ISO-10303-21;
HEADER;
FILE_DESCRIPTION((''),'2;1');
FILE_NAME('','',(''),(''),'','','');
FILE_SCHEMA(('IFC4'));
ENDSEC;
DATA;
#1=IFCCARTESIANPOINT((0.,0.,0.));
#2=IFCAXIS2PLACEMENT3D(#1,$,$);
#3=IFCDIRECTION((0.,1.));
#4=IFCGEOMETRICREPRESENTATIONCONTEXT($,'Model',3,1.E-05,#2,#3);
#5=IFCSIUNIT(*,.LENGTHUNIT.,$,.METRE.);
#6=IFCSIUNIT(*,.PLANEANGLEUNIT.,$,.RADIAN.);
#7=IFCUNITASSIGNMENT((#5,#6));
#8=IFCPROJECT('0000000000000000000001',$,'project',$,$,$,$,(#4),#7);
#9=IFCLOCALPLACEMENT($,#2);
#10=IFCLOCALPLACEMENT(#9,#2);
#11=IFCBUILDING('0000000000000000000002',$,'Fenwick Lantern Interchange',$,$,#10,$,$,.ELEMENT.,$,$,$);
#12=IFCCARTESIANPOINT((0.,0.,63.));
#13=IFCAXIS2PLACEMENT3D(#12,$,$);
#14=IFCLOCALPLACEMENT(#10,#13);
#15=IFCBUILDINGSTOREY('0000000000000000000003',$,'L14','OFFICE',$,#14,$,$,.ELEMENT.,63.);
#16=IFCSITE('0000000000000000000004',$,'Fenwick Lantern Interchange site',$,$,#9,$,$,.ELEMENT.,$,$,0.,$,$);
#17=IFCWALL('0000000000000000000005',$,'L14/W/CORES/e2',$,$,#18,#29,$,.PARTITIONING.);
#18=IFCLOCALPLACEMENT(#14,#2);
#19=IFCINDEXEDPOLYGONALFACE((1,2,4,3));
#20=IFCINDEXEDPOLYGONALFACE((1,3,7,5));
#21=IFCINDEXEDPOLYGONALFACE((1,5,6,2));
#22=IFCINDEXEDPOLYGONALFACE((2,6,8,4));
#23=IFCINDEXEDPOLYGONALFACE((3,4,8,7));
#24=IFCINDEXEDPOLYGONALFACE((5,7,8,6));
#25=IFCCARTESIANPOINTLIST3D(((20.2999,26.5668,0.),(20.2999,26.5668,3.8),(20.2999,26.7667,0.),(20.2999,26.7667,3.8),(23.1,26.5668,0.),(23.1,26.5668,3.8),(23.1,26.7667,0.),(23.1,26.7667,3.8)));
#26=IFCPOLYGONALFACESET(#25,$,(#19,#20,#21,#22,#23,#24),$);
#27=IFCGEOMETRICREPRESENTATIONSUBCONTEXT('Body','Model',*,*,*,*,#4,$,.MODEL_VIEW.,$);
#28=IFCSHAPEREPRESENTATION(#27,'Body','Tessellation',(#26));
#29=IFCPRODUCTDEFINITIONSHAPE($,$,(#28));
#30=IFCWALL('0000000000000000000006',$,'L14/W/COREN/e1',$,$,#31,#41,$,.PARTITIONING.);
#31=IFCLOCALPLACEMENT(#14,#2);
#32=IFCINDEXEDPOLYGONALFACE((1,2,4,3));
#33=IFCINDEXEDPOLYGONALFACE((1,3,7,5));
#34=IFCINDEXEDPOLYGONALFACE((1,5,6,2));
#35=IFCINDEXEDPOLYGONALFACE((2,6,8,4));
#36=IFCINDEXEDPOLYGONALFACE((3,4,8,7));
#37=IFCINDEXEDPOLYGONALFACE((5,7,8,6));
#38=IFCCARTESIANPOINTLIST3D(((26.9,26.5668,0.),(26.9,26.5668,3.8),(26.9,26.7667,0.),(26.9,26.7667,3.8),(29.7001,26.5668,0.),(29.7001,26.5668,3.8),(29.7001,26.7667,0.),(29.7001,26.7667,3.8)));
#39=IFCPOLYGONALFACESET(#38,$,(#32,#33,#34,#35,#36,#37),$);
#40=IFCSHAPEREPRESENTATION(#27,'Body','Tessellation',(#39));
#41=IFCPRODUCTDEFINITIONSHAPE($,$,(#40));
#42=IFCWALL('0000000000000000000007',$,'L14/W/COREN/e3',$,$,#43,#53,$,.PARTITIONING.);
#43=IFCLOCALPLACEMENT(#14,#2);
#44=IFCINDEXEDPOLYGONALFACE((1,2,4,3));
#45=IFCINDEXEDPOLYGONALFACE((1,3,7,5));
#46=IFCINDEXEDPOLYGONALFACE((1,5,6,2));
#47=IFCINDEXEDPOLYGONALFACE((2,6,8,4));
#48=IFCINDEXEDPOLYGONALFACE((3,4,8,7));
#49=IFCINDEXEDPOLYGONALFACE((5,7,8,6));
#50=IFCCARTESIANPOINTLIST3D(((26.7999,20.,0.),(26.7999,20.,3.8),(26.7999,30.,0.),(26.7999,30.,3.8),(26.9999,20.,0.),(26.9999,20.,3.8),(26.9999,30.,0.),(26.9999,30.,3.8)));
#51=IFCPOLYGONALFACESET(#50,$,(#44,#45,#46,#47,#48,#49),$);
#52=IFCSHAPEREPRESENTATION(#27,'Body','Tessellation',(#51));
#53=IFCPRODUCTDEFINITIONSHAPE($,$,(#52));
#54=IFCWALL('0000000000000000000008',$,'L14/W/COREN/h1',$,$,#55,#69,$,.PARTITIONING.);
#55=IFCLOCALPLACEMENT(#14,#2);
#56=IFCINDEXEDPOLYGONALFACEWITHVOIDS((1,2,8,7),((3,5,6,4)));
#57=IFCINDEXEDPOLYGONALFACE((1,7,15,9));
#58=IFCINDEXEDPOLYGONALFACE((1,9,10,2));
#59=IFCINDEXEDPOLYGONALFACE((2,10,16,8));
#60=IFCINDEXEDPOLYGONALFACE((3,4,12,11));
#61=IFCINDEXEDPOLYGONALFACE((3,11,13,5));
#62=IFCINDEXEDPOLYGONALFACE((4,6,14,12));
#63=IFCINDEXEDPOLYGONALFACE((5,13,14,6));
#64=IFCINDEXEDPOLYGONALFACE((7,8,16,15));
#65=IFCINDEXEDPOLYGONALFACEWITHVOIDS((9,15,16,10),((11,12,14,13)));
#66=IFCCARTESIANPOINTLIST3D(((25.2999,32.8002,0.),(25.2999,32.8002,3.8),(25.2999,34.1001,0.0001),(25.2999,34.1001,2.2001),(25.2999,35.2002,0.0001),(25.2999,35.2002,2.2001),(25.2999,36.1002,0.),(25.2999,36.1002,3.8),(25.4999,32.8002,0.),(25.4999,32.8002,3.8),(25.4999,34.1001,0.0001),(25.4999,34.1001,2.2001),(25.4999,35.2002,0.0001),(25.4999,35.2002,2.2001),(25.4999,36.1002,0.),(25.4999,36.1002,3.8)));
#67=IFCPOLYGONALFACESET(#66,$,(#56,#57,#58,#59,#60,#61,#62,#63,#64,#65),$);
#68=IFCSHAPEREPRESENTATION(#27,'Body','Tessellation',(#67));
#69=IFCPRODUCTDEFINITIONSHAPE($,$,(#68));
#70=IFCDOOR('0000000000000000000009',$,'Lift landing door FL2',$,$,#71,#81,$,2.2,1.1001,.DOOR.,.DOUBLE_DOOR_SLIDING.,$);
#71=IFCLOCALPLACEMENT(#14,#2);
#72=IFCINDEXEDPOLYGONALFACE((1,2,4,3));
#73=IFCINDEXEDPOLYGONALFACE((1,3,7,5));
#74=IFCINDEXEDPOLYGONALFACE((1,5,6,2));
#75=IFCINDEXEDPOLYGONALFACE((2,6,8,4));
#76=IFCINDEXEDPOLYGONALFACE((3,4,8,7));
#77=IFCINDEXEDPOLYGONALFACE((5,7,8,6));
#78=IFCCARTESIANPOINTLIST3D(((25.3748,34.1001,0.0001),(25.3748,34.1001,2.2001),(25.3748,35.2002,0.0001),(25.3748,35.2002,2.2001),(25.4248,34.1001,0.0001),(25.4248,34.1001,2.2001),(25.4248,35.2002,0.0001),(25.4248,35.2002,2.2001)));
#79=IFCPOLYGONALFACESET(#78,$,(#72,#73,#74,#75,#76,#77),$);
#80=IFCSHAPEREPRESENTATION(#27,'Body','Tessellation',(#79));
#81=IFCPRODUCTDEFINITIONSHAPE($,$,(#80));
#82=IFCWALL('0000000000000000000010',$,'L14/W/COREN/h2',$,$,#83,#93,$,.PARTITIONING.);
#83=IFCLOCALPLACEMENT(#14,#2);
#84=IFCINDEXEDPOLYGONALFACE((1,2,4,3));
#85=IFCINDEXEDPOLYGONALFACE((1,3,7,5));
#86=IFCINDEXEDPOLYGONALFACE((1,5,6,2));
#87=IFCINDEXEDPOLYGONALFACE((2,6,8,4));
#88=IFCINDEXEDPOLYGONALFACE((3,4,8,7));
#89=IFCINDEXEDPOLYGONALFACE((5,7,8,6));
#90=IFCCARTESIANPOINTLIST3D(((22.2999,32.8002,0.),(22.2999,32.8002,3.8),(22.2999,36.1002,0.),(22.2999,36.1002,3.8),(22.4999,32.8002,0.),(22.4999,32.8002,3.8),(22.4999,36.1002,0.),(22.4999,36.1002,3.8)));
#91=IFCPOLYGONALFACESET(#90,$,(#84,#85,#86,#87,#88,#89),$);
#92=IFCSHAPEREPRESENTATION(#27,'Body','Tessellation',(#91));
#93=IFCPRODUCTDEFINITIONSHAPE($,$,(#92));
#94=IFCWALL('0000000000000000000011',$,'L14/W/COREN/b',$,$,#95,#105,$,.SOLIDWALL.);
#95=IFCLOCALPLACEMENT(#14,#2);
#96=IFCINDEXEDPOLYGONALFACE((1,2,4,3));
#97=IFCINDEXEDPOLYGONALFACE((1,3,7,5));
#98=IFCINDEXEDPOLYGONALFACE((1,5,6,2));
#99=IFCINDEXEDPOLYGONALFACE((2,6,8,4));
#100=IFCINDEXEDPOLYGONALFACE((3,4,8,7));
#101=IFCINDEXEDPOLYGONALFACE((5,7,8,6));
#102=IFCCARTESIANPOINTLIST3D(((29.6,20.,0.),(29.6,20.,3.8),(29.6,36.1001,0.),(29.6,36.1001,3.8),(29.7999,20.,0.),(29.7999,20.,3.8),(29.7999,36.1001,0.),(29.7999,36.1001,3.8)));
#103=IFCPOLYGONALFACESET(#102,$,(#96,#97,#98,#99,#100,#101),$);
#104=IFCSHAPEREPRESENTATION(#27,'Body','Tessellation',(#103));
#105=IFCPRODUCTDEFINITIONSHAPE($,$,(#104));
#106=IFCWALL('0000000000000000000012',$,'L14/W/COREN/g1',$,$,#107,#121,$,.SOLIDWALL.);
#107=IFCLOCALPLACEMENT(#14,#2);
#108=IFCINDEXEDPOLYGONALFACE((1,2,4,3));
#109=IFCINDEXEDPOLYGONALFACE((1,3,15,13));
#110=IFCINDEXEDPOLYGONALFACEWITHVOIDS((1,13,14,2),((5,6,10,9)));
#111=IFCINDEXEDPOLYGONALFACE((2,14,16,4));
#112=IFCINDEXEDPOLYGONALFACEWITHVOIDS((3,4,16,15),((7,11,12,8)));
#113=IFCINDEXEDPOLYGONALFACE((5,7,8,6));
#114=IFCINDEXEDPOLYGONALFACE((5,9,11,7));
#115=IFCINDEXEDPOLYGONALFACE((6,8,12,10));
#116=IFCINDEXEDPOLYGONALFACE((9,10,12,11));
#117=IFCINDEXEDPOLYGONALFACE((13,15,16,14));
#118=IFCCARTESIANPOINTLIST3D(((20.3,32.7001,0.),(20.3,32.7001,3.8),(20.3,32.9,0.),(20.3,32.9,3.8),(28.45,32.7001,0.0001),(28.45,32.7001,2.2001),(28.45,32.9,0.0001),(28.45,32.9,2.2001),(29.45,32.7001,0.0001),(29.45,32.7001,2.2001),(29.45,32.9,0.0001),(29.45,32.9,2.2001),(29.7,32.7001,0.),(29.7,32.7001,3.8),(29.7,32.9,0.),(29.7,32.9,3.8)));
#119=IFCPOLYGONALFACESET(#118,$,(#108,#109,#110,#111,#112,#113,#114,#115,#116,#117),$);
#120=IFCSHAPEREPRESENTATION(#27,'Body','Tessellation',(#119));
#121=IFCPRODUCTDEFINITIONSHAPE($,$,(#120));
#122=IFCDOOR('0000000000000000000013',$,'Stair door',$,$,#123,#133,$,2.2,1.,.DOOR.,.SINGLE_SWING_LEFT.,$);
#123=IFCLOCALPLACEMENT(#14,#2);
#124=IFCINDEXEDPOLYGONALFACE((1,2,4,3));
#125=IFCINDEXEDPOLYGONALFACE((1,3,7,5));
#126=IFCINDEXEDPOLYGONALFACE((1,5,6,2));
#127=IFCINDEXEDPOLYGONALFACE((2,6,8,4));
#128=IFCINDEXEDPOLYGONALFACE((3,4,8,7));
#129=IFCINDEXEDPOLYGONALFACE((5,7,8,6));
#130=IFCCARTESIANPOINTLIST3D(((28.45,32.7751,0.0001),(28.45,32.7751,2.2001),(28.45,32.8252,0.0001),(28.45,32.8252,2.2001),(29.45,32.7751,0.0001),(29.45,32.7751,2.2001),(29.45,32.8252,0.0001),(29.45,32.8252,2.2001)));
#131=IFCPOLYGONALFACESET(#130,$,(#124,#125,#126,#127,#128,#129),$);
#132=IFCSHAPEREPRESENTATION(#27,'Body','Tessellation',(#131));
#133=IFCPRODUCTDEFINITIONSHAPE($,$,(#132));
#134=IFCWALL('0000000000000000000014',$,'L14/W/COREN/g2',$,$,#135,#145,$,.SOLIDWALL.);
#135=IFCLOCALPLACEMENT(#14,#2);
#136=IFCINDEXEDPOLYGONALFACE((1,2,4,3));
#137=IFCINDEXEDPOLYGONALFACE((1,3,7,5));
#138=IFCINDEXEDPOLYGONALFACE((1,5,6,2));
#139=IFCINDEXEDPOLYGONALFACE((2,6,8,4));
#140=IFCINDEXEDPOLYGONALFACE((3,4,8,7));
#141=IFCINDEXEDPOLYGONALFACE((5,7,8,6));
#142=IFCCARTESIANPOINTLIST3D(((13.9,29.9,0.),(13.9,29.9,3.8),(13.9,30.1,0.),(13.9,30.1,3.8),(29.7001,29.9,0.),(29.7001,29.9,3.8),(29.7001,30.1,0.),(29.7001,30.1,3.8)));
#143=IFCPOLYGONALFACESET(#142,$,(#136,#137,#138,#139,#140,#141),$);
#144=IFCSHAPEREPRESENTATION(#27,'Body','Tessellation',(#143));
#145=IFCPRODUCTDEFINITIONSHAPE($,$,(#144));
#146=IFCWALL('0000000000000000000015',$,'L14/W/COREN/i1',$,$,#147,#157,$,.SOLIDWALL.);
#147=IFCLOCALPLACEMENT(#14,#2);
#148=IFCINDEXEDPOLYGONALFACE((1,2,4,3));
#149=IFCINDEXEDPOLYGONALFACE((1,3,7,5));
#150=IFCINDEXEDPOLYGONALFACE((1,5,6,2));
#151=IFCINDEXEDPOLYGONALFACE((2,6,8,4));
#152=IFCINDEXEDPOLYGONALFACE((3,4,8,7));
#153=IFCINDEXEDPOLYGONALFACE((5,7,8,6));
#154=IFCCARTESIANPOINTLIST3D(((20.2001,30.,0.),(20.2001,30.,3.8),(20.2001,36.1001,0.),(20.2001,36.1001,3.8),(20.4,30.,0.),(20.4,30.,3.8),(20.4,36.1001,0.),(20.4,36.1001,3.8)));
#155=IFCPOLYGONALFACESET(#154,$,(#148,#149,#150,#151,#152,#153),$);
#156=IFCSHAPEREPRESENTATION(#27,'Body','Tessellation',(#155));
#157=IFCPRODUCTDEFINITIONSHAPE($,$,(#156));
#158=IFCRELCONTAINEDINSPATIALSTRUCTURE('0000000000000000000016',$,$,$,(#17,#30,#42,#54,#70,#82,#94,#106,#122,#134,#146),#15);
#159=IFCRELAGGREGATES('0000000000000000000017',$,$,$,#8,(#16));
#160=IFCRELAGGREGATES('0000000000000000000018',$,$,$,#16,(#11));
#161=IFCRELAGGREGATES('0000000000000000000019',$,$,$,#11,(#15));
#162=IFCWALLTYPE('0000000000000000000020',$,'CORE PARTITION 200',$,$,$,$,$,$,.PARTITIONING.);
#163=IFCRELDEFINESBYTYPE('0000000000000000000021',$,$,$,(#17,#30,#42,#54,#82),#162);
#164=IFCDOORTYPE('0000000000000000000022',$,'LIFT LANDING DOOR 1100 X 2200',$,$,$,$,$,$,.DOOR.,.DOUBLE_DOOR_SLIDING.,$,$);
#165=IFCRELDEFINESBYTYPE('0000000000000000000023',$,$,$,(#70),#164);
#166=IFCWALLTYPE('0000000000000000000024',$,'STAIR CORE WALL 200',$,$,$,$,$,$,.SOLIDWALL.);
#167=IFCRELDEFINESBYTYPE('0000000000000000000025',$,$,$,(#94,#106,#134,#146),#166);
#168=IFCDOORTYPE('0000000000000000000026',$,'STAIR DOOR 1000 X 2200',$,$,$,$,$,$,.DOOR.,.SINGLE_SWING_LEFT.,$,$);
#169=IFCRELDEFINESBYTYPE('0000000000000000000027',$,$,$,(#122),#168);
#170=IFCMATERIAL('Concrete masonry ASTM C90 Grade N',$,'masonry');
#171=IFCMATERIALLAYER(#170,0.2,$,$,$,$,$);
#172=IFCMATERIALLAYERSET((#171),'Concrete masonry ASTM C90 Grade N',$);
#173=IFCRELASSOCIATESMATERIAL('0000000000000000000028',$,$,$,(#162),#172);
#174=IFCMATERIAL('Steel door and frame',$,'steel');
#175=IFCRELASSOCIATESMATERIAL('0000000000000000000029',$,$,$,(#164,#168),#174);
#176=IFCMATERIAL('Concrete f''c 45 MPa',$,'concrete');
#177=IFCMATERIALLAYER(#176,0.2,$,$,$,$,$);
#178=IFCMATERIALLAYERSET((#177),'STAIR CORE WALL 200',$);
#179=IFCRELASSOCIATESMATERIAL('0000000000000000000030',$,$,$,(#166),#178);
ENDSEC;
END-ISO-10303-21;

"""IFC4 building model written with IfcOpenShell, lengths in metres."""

from ifc_helpers import new_model, si_unit, direction, frame, frame_2d, origin, place, context, subcontext, project, spatial, rectangle, extrude, material, layer, layer_set, type_object, element, fill, save


model = new_model("IFC4")

# Units and contexts
model_context = context("Model", 3, precision=1e-05, world=origin(), true_north=direction((0.0, 1.0)))
body_context = subcontext(model_context, "Body", "Model", "MODEL_VIEW")
ifc_project = project(units=[si_unit("LENGTHUNIT", "METRE"), si_unit("PLANEANGLEUNIT", "RADIAN")], contexts=[model_context])

# Site, building, storey
site_placement = place(None, origin())
site = spatial("IfcSite", under=ifc_project, at=site_placement, Name="Fenwick Lantern Interchange site", CompositionType="ELEMENT", RefElevation=0.0)
building_placement = place(site_placement, origin())
building = spatial("IfcBuilding", under=site, at=building_placement, Name="Fenwick Lantern Interchange", CompositionType="ELEMENT")
storey_placement = place(building_placement, frame((0.0, 0.0, 63.0)))
storey = spatial("IfcBuildingStorey", under=building, at=storey_placement, Name="L14", Description="OFFICE", CompositionType="ELEMENT", Elevation=63.0)

# Walls
ifc_material_1 = material(Name="Concrete masonry ASTM C90 Grade N", Category="masonry")
ifc_layer_1 = layer(ifc_material_1, 0.2)
ifc_layer_set_1 = layer_set([ifc_layer_1], Name="Concrete masonry ASTM C90 Grade N")
wall_type_1 = type_object("IfcWallType", Name="CORE PARTITION 200", PredefinedType="PARTITIONING", material=ifc_layer_set_1)
for number, where, z_axis, x_axis, name in (
    (1, (20.3, 26.6667, 0.0), (0.0, 0.0, 1.0), (1.0, 0.0, 0.0), "L14/W/CORES/e2"),
    (2, (29.7, 26.6667, 0.0), (0.0, 0.0, 1.0), (-1.0, 0.0, 0.0), "L14/W/COREN/e1"),
):
    element("IfcWall", number, at=place(storey_placement, frame(where, z_axis=z_axis, x_axis=x_axis)), inside=storey, type_object=wall_type_1, Name=name, PredefinedType="PARTITIONING", context=body_context, shape_type="SweptSolid", body=[
        extrude(rectangle(XDim=2.8, YDim=0.2, at=frame_2d((1.3999, 0.0))), origin(), (0.0, 0.0, 1.0), 3.8),
    ])
wall_1_placement = place(storey_placement, frame((26.8999, 30.0, 0.0), z_axis=(0.0, 0.0, 1.0), x_axis=(0.0, -1.0, 0.0)))
element("IfcWall", 3, at=wall_1_placement, inside=storey, type_object=wall_type_1, Name="L14/W/COREN/e3", PredefinedType="PARTITIONING", context=body_context, shape_type="SweptSolid", body=[
    extrude(rectangle(XDim=10.0, YDim=0.2, at=frame_2d((5.0, 0.0))), origin(), (0.0, 0.0, 1.0), 3.8),
])

# Wall, opening, door
wall_2_placement = place(storey_placement, frame((25.3999, 36.1001, 0.0), z_axis=(0.0, 0.0, 1.0), x_axis=(0.0, -1.0, 0.0)))
wall_2 = element("IfcWall", 4, at=wall_2_placement, inside=storey, type_object=wall_type_1, Name="L14/W/COREN/h1", PredefinedType="PARTITIONING", context=body_context, shape_type="SweptSolid", body=[
    extrude(rectangle(XDim=3.3, YDim=0.2, at=frame_2d((1.6499, 0.0))), origin(), (0.0, 0.0, 1.0), 3.8),
])
opening_1_placement = place(wall_2_placement, frame((0.8999, 0.0, 0.0)))
opening_1 = element("IfcOpeningElement", 5, at=opening_1_placement, cuts=wall_2, PredefinedType="OPENING", context=body_context, shape_type="SweptSolid", body=[
    extrude(rectangle(XDim=1.1001, YDim=2.2, at=frame_2d((0.55, 1.1001))), frame((0.0, 0.1099, 0.0), z_axis=(0.0, -1.0, 0.0), x_axis=(1.0, 0.0, 0.0)), (0.0, 0.0, 1.0), 0.22),
])
ifc_material_2 = material(Name="Steel door and frame", Category="steel")
door_type_1 = type_object("IfcDoorType", Name="LIFT LANDING DOOR 1100 X 2200", OperationType="DOUBLE_DOOR_SLIDING", PredefinedType="DOOR", material=ifc_material_2)
door_1_placement = place(opening_1_placement, origin())
door_1 = element("IfcDoor", 6, at=door_1_placement, inside=storey, type_object=door_type_1, Name="Lift landing door FL2", OperationType="DOUBLE_DOOR_SLIDING", OverallHeight=2.2, OverallWidth=1.1001, PredefinedType="DOOR", context=body_context, shape_type="SweptSolid", body=[
    extrude(rectangle(XDim=1.1001, YDim=2.2, at=frame_2d((0.55, 1.1001))), frame((0.0, 0.0249, 0.0), z_axis=(0.0, -1.0, 0.0), x_axis=(1.0, 0.0, 0.0)), (0.0, 0.0, 1.0), 0.05),
])
fill(opening_1, door_1)

# Walls
wall_3_placement = place(storey_placement, frame((22.3999, 36.1001, 0.0), z_axis=(0.0, 0.0, 1.0), x_axis=(0.0, -1.0, 0.0)))
element("IfcWall", 7, at=wall_3_placement, inside=storey, type_object=wall_type_1, Name="L14/W/COREN/h2", PredefinedType="PARTITIONING", context=body_context, shape_type="SweptSolid", body=[
    extrude(rectangle(XDim=3.3, YDim=0.2, at=frame_2d((1.6499, 0.0))), origin(), (0.0, 0.0, 1.0), 3.8),
])
ifc_material_3 = material(Name="Concrete f'c 45 MPa", Category="concrete")
ifc_layer_2 = layer(ifc_material_3, 0.2)
ifc_layer_set_2 = layer_set([ifc_layer_2], Name="STAIR CORE WALL 200")
wall_type_2 = type_object("IfcWallType", Name="STAIR CORE WALL 200", PredefinedType="SOLIDWALL", material=ifc_layer_set_2)
wall_4_placement = place(storey_placement, frame((29.7, 36.1001, 0.0), z_axis=(0.0, 0.0, 1.0), x_axis=(0.0, -1.0, 0.0)))
element("IfcWall", 8, at=wall_4_placement, inside=storey, type_object=wall_type_2, Name="L14/W/COREN/b", PredefinedType="SOLIDWALL", context=body_context, shape_type="SweptSolid", body=[
    extrude(rectangle(XDim=16.1001, YDim=0.2, at=frame_2d((8.05, 0.0))), origin(), (0.0, 0.0, 1.0), 3.8),
])

# Wall, opening, door
wall_5_placement = place(storey_placement, frame((29.7, 32.8, 0.0), z_axis=(0.0, 0.0, 1.0), x_axis=(-1.0, 0.0, 0.0)))
wall_5 = element("IfcWall", 9, at=wall_5_placement, inside=storey, type_object=wall_type_2, Name="L14/W/COREN/g1", PredefinedType="SOLIDWALL", context=body_context, shape_type="SweptSolid", body=[
    extrude(rectangle(XDim=9.3999, YDim=0.2, at=frame_2d((4.7, 0.0))), origin(), (0.0, 0.0, 1.0), 3.8),
])
opening_2_placement = place(wall_5_placement, frame((0.25, 0.0, 0.0)))
opening_2 = element("IfcOpeningElement", 10, at=opening_2_placement, cuts=wall_5, PredefinedType="OPENING", context=body_context, shape_type="SweptSolid", body=[
    extrude(rectangle(XDim=1.0, YDim=2.2, at=frame_2d((0.5, 1.1001))), frame((0.0, 0.1099, 0.0), z_axis=(0.0, -1.0, 0.0), x_axis=(1.0, 0.0, 0.0)), (0.0, 0.0, 1.0), 0.22),
])
door_type_2 = type_object("IfcDoorType", Name="STAIR DOOR 1000 X 2200", OperationType="SINGLE_SWING_LEFT", PredefinedType="DOOR", material=ifc_material_2)
door_2_placement = place(opening_2_placement, origin())
door_2 = element("IfcDoor", 11, at=door_2_placement, inside=storey, type_object=door_type_2, Name="Stair door", OperationType="SINGLE_SWING_LEFT", OverallHeight=2.2, OverallWidth=1.0, PredefinedType="DOOR", context=body_context, shape_type="SweptSolid", body=[
    extrude(rectangle(XDim=1.0, YDim=2.2, at=frame_2d((0.5, 1.1001))), frame((0.0, 0.0249, 0.0), z_axis=(0.0, -1.0, 0.0), x_axis=(1.0, 0.0, 0.0)), (0.0, 0.0, 1.0), 0.05),
])
fill(opening_2, door_2)

# Walls
wall_6_placement = place(storey_placement, frame((29.7, 30.0, 0.0), z_axis=(0.0, 0.0, 1.0), x_axis=(-1.0, 0.0, 0.0)))
element("IfcWall", 12, at=wall_6_placement, inside=storey, type_object=wall_type_2, Name="L14/W/COREN/g2", PredefinedType="SOLIDWALL", context=body_context, shape_type="SweptSolid", body=[
    extrude(rectangle(XDim=15.8, YDim=0.2, at=frame_2d((7.8999, 0.0))), origin(), (0.0, 0.0, 1.0), 3.8),
])
wall_7_placement = place(storey_placement, frame((20.3, 36.1001, 0.0), z_axis=(0.0, 0.0, 1.0), x_axis=(0.0, -1.0, 0.0)))
element("IfcWall", 13, at=wall_7_placement, inside=storey, type_object=wall_type_2, Name="L14/W/COREN/i1", PredefinedType="SOLIDWALL", context=body_context, shape_type="SweptSolid", body=[
    extrude(rectangle(XDim=6.1001, YDim=0.2, at=frame_2d((3.05, 0.0))), origin(), (0.0, 0.0, 1.0), 3.8),
])

save(model, "model.ifc")
